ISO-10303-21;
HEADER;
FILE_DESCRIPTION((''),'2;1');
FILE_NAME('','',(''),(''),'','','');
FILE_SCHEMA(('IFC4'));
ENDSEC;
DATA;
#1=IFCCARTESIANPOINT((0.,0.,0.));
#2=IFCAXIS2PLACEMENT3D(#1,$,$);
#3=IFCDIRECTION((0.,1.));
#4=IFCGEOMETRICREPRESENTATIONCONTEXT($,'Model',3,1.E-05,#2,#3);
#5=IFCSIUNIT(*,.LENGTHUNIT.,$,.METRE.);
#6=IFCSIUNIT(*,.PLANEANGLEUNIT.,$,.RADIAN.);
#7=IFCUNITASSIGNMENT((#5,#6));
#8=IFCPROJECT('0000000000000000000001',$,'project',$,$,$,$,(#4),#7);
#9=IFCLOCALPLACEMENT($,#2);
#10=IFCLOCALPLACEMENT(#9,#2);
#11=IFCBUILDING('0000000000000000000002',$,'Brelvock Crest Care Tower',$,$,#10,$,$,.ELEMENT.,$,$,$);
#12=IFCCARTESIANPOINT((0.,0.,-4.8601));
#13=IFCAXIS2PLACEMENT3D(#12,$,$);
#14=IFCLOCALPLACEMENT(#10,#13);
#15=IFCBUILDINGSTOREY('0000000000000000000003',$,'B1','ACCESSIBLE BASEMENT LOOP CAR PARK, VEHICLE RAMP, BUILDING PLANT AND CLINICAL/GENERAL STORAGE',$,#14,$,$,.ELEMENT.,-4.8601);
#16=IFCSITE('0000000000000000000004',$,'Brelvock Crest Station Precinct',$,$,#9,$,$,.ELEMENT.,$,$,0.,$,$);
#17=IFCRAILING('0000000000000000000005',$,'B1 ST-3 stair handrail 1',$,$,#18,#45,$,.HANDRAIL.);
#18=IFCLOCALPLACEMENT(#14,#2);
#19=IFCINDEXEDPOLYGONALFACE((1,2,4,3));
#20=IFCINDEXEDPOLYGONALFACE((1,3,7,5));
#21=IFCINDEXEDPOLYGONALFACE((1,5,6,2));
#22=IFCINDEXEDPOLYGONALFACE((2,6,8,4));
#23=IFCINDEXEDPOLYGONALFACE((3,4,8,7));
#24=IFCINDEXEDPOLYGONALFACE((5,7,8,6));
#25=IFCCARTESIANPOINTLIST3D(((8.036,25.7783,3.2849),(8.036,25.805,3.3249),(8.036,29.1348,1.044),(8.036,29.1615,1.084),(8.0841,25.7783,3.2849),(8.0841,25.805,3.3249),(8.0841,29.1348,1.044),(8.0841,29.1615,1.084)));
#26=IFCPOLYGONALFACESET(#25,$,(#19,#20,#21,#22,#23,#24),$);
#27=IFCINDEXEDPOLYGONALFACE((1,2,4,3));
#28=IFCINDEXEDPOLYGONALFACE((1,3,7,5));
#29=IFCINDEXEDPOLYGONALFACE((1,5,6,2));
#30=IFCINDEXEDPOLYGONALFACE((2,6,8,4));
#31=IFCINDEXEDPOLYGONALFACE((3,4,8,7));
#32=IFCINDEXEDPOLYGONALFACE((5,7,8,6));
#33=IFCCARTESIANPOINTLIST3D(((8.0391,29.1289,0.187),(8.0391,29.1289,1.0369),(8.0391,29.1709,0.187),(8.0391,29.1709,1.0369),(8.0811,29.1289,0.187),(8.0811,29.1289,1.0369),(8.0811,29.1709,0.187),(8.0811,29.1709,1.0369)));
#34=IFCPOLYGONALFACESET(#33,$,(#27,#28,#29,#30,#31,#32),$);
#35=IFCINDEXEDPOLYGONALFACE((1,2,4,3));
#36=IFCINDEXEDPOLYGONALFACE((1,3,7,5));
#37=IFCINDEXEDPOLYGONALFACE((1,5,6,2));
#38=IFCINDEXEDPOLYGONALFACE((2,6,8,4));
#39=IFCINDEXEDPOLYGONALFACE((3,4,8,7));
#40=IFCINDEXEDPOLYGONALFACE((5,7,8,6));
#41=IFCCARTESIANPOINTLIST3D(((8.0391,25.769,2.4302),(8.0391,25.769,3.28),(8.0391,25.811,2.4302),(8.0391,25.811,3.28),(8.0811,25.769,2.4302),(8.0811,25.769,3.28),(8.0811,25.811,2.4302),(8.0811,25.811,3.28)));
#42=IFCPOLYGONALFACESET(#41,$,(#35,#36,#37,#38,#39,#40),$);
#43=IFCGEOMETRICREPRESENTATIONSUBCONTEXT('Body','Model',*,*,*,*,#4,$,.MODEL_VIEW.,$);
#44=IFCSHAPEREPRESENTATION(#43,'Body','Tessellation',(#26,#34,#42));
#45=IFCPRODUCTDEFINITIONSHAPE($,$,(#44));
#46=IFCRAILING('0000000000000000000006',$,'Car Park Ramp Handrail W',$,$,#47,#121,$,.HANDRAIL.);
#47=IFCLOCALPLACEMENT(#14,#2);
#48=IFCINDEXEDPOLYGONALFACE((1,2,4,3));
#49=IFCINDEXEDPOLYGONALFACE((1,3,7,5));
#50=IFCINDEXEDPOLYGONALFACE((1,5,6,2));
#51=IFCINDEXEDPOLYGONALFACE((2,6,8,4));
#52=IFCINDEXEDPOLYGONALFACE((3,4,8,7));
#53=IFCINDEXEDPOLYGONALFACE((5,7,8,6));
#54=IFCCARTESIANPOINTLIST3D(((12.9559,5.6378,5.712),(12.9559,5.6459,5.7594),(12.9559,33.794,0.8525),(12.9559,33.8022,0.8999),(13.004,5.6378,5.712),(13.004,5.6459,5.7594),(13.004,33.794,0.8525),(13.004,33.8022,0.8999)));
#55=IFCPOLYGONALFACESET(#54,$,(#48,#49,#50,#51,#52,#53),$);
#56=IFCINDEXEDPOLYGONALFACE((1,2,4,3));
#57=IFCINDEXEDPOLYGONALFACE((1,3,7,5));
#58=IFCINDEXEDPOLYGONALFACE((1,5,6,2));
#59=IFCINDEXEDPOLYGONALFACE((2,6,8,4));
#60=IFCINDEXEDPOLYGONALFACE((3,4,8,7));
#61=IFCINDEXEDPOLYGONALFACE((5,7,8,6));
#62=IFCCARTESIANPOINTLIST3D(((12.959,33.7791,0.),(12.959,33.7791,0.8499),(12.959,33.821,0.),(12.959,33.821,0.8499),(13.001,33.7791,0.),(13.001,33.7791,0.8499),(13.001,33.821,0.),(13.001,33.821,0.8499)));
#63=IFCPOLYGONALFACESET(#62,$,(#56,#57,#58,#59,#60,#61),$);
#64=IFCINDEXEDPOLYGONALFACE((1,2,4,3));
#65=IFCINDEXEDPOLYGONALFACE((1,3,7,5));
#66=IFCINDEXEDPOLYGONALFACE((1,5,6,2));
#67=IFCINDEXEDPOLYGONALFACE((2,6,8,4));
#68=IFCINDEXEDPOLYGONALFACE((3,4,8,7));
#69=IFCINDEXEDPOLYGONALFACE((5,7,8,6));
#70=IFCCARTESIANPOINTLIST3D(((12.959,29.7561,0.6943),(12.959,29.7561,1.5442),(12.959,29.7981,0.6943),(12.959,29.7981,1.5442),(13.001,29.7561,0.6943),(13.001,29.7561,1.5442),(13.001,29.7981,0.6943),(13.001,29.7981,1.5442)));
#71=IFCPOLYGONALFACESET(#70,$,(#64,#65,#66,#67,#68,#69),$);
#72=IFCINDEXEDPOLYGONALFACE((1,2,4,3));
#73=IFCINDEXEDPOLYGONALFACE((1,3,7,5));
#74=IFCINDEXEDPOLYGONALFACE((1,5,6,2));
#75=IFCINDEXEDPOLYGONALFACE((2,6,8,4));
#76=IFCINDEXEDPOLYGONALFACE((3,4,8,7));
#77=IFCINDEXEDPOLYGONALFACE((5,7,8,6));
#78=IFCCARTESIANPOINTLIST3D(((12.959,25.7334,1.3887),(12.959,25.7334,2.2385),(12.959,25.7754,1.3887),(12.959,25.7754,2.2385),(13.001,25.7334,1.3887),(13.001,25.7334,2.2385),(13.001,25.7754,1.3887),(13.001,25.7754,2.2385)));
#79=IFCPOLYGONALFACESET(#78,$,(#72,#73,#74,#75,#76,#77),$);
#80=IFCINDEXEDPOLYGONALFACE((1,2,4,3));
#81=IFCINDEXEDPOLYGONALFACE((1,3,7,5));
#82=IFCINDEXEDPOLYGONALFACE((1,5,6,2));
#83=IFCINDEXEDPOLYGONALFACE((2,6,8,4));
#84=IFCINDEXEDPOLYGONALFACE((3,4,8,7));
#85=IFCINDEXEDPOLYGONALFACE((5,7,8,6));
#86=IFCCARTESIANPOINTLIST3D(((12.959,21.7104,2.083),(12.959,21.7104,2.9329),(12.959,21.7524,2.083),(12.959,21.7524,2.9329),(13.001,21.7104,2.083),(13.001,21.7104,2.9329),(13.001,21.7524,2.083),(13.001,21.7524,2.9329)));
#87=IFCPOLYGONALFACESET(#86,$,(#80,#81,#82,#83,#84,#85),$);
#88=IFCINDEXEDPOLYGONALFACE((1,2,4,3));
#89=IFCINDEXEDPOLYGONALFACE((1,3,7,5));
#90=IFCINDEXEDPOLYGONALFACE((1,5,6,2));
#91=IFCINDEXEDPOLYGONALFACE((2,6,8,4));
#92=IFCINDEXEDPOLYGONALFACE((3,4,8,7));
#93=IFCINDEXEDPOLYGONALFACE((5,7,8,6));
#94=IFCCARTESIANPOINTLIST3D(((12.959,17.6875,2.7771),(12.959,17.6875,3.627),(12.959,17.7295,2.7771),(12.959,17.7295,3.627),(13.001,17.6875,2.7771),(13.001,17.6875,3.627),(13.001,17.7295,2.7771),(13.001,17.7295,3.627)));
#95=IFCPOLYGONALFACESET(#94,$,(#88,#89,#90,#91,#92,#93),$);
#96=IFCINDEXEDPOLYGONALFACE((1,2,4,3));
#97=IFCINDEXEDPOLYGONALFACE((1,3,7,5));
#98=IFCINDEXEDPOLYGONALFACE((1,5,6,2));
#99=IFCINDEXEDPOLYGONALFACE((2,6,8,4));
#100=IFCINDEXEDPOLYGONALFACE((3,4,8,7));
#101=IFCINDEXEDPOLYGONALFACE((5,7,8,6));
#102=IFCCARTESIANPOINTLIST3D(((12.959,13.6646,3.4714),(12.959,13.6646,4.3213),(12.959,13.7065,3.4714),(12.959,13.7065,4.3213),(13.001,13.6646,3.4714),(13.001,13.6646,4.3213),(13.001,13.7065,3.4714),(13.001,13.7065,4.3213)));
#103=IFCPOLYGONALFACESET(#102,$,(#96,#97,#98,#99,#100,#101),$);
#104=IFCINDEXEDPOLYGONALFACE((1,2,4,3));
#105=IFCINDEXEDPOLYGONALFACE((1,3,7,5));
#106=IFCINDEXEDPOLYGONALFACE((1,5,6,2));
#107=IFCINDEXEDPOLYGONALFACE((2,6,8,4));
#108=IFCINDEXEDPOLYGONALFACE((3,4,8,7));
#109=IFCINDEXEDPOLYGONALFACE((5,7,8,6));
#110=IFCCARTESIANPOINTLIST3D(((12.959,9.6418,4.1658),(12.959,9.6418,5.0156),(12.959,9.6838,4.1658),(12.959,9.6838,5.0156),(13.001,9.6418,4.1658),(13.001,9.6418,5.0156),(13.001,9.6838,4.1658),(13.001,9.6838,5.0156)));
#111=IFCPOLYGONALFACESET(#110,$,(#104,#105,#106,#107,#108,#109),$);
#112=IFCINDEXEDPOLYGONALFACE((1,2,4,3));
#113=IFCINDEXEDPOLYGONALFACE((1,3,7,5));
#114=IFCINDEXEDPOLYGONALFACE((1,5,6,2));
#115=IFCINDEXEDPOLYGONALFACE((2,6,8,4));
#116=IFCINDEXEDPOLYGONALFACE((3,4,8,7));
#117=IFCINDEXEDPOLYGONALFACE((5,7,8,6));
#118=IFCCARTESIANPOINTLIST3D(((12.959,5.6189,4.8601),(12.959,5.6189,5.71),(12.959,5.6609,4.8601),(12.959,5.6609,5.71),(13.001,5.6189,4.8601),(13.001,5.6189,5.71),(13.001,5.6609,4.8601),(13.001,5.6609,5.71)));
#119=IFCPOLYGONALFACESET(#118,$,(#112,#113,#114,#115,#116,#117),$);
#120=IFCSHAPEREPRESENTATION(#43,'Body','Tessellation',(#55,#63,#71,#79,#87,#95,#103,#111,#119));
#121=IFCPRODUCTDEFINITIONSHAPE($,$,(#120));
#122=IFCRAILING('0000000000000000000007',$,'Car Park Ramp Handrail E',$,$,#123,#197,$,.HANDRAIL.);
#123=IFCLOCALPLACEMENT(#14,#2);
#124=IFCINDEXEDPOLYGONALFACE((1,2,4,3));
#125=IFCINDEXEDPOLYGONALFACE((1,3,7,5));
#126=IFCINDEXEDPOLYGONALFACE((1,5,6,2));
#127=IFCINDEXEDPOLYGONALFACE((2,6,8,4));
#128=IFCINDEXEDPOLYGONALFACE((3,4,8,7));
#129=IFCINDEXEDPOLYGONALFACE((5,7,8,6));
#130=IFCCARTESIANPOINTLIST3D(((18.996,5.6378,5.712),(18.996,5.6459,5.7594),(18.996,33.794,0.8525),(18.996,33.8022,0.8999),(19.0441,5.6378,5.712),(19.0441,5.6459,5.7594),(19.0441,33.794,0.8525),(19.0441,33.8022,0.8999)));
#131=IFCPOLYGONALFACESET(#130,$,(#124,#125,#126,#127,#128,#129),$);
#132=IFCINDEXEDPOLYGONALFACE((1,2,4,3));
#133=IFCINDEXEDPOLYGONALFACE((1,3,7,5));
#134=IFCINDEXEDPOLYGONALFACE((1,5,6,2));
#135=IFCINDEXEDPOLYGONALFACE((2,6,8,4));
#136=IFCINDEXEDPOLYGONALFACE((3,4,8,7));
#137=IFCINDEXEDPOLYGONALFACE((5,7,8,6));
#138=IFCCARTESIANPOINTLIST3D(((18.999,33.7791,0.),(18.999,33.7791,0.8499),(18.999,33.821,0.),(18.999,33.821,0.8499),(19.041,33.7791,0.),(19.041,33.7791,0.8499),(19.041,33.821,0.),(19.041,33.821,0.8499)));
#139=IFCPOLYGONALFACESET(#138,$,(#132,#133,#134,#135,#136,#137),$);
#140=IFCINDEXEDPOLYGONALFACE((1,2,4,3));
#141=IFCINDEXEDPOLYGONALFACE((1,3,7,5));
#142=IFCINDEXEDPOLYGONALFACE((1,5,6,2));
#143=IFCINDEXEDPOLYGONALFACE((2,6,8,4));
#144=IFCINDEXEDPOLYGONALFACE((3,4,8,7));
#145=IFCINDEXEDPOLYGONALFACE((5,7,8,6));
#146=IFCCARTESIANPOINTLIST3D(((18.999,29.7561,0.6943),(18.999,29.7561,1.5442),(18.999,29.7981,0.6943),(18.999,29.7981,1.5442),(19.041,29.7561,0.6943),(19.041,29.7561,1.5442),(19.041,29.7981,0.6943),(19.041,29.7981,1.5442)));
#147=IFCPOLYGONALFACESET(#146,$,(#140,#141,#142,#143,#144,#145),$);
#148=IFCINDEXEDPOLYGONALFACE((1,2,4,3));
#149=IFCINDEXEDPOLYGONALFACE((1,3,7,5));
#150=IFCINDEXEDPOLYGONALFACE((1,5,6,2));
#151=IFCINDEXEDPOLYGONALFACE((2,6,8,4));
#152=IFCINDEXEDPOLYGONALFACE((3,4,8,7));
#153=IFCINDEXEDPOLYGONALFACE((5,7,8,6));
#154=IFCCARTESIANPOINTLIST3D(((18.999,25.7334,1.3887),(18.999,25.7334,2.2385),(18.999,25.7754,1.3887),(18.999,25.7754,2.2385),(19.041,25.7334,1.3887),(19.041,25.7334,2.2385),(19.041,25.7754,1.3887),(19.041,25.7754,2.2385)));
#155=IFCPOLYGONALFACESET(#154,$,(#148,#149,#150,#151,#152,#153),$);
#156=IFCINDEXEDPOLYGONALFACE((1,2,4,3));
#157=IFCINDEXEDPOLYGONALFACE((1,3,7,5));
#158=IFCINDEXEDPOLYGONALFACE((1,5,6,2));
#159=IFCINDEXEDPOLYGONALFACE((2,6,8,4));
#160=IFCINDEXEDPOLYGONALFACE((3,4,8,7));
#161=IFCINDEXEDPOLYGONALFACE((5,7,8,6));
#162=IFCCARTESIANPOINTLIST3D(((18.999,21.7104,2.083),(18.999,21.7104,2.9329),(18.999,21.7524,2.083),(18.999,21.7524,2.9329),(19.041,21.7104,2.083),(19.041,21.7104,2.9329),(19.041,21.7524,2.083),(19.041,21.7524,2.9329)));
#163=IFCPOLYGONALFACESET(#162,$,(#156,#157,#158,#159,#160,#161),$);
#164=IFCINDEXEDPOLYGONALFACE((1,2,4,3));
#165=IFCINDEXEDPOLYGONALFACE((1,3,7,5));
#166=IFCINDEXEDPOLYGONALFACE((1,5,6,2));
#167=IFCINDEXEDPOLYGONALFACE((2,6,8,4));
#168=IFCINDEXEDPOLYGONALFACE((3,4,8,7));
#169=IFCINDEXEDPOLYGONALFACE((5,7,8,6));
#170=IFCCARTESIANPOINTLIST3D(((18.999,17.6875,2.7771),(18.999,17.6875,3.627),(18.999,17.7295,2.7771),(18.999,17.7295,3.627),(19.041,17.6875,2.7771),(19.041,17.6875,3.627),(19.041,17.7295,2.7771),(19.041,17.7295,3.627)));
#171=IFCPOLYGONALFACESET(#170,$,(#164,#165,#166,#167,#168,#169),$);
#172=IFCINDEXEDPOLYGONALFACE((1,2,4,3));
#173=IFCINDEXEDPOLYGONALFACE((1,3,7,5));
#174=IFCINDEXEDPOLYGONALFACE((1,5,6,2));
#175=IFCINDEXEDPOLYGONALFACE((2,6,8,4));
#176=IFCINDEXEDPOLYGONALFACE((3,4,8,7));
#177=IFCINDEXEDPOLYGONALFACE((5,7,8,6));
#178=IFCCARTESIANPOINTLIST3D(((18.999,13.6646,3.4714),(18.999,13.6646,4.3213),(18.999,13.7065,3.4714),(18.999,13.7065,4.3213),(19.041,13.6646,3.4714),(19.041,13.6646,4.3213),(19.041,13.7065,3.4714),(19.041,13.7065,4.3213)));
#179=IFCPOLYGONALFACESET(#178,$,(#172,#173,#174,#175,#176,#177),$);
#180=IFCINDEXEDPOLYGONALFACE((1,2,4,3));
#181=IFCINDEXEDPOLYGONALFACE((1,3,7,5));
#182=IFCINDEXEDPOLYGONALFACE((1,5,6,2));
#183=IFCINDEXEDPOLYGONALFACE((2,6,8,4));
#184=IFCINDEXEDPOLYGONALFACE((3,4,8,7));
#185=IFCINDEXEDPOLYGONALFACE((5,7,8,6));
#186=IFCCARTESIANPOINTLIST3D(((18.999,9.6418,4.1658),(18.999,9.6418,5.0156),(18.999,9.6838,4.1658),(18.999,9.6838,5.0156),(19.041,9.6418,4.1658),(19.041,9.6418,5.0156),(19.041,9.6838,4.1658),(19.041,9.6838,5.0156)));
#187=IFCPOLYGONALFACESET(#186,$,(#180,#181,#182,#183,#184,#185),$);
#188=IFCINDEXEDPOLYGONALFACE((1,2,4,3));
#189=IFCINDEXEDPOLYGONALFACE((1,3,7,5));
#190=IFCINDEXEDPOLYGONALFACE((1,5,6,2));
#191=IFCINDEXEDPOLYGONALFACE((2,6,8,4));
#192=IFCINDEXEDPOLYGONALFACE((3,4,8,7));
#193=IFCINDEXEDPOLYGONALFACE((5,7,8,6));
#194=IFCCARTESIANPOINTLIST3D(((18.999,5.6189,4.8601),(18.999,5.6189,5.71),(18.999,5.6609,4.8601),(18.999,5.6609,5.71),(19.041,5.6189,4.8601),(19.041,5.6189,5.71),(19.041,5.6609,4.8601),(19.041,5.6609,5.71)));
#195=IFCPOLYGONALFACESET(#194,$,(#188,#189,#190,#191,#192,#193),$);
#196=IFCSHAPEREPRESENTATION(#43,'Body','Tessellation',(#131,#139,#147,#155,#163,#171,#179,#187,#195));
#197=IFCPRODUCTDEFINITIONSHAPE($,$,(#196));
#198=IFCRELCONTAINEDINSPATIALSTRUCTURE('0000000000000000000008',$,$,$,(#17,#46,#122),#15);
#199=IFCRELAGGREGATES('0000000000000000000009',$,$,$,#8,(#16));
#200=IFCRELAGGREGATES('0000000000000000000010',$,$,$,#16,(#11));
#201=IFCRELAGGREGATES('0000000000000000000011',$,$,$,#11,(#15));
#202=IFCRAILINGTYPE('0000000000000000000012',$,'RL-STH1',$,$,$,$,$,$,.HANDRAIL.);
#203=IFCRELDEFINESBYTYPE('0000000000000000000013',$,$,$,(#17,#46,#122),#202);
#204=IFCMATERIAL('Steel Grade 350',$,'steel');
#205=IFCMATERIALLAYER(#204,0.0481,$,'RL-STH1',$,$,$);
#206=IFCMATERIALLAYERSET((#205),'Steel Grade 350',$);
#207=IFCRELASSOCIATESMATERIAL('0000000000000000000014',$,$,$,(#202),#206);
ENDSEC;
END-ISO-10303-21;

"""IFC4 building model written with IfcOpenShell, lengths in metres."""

from ifc_helpers import new_model, si_unit, direction, frame, origin, origin_2d, place, context, subcontext, project, spatial, rectangle, extrude, material, layer, layer_set, type_object, element, save


model = new_model("IFC4")

# Units and contexts
model_context = context("Model", 3, precision=1e-05, world=origin(), true_north=direction((0.0, 1.0)))
body_context = subcontext(model_context, "Body", "Model", "MODEL_VIEW")
ifc_project = project(units=[si_unit("LENGTHUNIT", "METRE"), si_unit("PLANEANGLEUNIT", "RADIAN")], contexts=[model_context])

# Site, building, storey
site_placement = place(None, origin())
site = spatial("IfcSite", under=ifc_project, at=site_placement, Name="Brelvock Crest Station Precinct", CompositionType="ELEMENT", RefElevation=0.0)
building_placement = place(site_placement, origin())
building = spatial("IfcBuilding", under=site, at=building_placement, Name="Brelvock Crest Care Tower", CompositionType="ELEMENT")
storey_placement = place(building_placement, frame((0.0, 0.0, -4.8601)))
storey = spatial("IfcBuildingStorey", under=building, at=storey_placement, Name="B1", Description="ACCESSIBLE BASEMENT LOOP CAR PARK, VEHICLE RAMP, BUILDING PLANT AND CLINICAL/GENERAL STORAGE", CompositionType="ELEMENT", Elevation=-4.8601)

# Shared definitions
ifc_material_1 = material(Name="Steel Grade 350", Category="steel")

# Railings
ifc_layer_1 = layer(ifc_material_1, 0.0481, Name="RL-STH1")
ifc_layer_set_1 = layer_set([ifc_layer_1], Name="Steel Grade 350")
railing_type_1 = type_object("IfcRailingType", Name="RL-STH1", PredefinedType="HANDRAIL", material=ifc_layer_set_1)
railing_1_placement = place(storey_placement, frame((8.0601, 29.1499, 0.187)))
element("IfcRailing", 1, at=railing_1_placement, inside=storey, type_object=railing_type_1, Name="B1 ST-3 stair handrail 1", PredefinedType="HANDRAIL", context=body_context, shape_type="SweptSolid", body=[
    extrude(rectangle(XDim=0.0481, YDim=0.0481, at=origin_2d()), frame((0.0, -0.0017, 0.877), z_axis=(0.0, -0.831678, 0.555258), x_axis=(1.0, 0.0, 0.0)), (0.0, 0.0, 1.0), 4.0359),
    extrude(rectangle(XDim=0.042, YDim=0.042, at=origin_2d()), origin(), (0.0, 0.0, 1.0), 0.8499),
    extrude(rectangle(XDim=0.042, YDim=0.042, at=origin_2d()), frame((0.0, -3.3599, 2.2432)), (0.0, 0.0, 1.0), 0.8499),
])
for number, where, name in (
    (2, (12.98, 33.8, 0.0), "Car Park Ramp Handrail W"),
    (3, (19.02, 33.8, 0.0), "Car Park Ramp Handrail E"),
):
    element("IfcRailing", number, at=place(storey_placement, frame(where)), inside=storey, type_object=railing_type_1, Name=name, PredefinedType="HANDRAIL", context=body_context, shape_type="SweptSolid", body=[
        extrude(rectangle(XDim=0.0481, YDim=0.0481, at=origin_2d()), frame((0.0, -0.002, 0.8762), z_axis=(0.0, -0.985431, 0.170074), x_axis=(1.0, 0.0, 0.0)), (0.0, 0.0, 1.0), 28.5725),
        extrude(rectangle(XDim=0.042, YDim=0.042, at=origin_2d()), origin(), (0.0, 0.0, 1.0), 0.8499),
        extrude(rectangle(XDim=0.042, YDim=0.042, at=origin_2d()), frame((0.0, -4.0229, 0.6943)), (0.0, 0.0, 1.0), 0.8499),
        extrude(rectangle(XDim=0.042, YDim=0.042, at=origin_2d()), frame((0.0, -8.0457, 1.3887)), (0.0, 0.0, 1.0), 0.8499),
        extrude(rectangle(XDim=0.042, YDim=0.042, at=origin_2d()), frame((0.0, -12.0686, 2.083)), (0.0, 0.0, 1.0), 0.8499),
        extrude(rectangle(XDim=0.042, YDim=0.042, at=origin_2d()), frame((0.0, -16.0916, 2.7771)), (0.0, 0.0, 1.0), 0.8499),
        extrude(rectangle(XDim=0.042, YDim=0.042, at=origin_2d()), frame((0.0, -20.1145, 3.4714)), (0.0, 0.0, 1.0), 0.8499),
        extrude(rectangle(XDim=0.042, YDim=0.042, at=origin_2d()), frame((0.0, -24.1372, 4.1658)), (0.0, 0.0, 1.0), 0.8499),
        extrude(rectangle(XDim=0.042, YDim=0.042, at=origin_2d()), frame((0.0, -28.1602, 4.8601)), (0.0, 0.0, 1.0), 0.8499),
    ])

save(model, "model.ifc")
